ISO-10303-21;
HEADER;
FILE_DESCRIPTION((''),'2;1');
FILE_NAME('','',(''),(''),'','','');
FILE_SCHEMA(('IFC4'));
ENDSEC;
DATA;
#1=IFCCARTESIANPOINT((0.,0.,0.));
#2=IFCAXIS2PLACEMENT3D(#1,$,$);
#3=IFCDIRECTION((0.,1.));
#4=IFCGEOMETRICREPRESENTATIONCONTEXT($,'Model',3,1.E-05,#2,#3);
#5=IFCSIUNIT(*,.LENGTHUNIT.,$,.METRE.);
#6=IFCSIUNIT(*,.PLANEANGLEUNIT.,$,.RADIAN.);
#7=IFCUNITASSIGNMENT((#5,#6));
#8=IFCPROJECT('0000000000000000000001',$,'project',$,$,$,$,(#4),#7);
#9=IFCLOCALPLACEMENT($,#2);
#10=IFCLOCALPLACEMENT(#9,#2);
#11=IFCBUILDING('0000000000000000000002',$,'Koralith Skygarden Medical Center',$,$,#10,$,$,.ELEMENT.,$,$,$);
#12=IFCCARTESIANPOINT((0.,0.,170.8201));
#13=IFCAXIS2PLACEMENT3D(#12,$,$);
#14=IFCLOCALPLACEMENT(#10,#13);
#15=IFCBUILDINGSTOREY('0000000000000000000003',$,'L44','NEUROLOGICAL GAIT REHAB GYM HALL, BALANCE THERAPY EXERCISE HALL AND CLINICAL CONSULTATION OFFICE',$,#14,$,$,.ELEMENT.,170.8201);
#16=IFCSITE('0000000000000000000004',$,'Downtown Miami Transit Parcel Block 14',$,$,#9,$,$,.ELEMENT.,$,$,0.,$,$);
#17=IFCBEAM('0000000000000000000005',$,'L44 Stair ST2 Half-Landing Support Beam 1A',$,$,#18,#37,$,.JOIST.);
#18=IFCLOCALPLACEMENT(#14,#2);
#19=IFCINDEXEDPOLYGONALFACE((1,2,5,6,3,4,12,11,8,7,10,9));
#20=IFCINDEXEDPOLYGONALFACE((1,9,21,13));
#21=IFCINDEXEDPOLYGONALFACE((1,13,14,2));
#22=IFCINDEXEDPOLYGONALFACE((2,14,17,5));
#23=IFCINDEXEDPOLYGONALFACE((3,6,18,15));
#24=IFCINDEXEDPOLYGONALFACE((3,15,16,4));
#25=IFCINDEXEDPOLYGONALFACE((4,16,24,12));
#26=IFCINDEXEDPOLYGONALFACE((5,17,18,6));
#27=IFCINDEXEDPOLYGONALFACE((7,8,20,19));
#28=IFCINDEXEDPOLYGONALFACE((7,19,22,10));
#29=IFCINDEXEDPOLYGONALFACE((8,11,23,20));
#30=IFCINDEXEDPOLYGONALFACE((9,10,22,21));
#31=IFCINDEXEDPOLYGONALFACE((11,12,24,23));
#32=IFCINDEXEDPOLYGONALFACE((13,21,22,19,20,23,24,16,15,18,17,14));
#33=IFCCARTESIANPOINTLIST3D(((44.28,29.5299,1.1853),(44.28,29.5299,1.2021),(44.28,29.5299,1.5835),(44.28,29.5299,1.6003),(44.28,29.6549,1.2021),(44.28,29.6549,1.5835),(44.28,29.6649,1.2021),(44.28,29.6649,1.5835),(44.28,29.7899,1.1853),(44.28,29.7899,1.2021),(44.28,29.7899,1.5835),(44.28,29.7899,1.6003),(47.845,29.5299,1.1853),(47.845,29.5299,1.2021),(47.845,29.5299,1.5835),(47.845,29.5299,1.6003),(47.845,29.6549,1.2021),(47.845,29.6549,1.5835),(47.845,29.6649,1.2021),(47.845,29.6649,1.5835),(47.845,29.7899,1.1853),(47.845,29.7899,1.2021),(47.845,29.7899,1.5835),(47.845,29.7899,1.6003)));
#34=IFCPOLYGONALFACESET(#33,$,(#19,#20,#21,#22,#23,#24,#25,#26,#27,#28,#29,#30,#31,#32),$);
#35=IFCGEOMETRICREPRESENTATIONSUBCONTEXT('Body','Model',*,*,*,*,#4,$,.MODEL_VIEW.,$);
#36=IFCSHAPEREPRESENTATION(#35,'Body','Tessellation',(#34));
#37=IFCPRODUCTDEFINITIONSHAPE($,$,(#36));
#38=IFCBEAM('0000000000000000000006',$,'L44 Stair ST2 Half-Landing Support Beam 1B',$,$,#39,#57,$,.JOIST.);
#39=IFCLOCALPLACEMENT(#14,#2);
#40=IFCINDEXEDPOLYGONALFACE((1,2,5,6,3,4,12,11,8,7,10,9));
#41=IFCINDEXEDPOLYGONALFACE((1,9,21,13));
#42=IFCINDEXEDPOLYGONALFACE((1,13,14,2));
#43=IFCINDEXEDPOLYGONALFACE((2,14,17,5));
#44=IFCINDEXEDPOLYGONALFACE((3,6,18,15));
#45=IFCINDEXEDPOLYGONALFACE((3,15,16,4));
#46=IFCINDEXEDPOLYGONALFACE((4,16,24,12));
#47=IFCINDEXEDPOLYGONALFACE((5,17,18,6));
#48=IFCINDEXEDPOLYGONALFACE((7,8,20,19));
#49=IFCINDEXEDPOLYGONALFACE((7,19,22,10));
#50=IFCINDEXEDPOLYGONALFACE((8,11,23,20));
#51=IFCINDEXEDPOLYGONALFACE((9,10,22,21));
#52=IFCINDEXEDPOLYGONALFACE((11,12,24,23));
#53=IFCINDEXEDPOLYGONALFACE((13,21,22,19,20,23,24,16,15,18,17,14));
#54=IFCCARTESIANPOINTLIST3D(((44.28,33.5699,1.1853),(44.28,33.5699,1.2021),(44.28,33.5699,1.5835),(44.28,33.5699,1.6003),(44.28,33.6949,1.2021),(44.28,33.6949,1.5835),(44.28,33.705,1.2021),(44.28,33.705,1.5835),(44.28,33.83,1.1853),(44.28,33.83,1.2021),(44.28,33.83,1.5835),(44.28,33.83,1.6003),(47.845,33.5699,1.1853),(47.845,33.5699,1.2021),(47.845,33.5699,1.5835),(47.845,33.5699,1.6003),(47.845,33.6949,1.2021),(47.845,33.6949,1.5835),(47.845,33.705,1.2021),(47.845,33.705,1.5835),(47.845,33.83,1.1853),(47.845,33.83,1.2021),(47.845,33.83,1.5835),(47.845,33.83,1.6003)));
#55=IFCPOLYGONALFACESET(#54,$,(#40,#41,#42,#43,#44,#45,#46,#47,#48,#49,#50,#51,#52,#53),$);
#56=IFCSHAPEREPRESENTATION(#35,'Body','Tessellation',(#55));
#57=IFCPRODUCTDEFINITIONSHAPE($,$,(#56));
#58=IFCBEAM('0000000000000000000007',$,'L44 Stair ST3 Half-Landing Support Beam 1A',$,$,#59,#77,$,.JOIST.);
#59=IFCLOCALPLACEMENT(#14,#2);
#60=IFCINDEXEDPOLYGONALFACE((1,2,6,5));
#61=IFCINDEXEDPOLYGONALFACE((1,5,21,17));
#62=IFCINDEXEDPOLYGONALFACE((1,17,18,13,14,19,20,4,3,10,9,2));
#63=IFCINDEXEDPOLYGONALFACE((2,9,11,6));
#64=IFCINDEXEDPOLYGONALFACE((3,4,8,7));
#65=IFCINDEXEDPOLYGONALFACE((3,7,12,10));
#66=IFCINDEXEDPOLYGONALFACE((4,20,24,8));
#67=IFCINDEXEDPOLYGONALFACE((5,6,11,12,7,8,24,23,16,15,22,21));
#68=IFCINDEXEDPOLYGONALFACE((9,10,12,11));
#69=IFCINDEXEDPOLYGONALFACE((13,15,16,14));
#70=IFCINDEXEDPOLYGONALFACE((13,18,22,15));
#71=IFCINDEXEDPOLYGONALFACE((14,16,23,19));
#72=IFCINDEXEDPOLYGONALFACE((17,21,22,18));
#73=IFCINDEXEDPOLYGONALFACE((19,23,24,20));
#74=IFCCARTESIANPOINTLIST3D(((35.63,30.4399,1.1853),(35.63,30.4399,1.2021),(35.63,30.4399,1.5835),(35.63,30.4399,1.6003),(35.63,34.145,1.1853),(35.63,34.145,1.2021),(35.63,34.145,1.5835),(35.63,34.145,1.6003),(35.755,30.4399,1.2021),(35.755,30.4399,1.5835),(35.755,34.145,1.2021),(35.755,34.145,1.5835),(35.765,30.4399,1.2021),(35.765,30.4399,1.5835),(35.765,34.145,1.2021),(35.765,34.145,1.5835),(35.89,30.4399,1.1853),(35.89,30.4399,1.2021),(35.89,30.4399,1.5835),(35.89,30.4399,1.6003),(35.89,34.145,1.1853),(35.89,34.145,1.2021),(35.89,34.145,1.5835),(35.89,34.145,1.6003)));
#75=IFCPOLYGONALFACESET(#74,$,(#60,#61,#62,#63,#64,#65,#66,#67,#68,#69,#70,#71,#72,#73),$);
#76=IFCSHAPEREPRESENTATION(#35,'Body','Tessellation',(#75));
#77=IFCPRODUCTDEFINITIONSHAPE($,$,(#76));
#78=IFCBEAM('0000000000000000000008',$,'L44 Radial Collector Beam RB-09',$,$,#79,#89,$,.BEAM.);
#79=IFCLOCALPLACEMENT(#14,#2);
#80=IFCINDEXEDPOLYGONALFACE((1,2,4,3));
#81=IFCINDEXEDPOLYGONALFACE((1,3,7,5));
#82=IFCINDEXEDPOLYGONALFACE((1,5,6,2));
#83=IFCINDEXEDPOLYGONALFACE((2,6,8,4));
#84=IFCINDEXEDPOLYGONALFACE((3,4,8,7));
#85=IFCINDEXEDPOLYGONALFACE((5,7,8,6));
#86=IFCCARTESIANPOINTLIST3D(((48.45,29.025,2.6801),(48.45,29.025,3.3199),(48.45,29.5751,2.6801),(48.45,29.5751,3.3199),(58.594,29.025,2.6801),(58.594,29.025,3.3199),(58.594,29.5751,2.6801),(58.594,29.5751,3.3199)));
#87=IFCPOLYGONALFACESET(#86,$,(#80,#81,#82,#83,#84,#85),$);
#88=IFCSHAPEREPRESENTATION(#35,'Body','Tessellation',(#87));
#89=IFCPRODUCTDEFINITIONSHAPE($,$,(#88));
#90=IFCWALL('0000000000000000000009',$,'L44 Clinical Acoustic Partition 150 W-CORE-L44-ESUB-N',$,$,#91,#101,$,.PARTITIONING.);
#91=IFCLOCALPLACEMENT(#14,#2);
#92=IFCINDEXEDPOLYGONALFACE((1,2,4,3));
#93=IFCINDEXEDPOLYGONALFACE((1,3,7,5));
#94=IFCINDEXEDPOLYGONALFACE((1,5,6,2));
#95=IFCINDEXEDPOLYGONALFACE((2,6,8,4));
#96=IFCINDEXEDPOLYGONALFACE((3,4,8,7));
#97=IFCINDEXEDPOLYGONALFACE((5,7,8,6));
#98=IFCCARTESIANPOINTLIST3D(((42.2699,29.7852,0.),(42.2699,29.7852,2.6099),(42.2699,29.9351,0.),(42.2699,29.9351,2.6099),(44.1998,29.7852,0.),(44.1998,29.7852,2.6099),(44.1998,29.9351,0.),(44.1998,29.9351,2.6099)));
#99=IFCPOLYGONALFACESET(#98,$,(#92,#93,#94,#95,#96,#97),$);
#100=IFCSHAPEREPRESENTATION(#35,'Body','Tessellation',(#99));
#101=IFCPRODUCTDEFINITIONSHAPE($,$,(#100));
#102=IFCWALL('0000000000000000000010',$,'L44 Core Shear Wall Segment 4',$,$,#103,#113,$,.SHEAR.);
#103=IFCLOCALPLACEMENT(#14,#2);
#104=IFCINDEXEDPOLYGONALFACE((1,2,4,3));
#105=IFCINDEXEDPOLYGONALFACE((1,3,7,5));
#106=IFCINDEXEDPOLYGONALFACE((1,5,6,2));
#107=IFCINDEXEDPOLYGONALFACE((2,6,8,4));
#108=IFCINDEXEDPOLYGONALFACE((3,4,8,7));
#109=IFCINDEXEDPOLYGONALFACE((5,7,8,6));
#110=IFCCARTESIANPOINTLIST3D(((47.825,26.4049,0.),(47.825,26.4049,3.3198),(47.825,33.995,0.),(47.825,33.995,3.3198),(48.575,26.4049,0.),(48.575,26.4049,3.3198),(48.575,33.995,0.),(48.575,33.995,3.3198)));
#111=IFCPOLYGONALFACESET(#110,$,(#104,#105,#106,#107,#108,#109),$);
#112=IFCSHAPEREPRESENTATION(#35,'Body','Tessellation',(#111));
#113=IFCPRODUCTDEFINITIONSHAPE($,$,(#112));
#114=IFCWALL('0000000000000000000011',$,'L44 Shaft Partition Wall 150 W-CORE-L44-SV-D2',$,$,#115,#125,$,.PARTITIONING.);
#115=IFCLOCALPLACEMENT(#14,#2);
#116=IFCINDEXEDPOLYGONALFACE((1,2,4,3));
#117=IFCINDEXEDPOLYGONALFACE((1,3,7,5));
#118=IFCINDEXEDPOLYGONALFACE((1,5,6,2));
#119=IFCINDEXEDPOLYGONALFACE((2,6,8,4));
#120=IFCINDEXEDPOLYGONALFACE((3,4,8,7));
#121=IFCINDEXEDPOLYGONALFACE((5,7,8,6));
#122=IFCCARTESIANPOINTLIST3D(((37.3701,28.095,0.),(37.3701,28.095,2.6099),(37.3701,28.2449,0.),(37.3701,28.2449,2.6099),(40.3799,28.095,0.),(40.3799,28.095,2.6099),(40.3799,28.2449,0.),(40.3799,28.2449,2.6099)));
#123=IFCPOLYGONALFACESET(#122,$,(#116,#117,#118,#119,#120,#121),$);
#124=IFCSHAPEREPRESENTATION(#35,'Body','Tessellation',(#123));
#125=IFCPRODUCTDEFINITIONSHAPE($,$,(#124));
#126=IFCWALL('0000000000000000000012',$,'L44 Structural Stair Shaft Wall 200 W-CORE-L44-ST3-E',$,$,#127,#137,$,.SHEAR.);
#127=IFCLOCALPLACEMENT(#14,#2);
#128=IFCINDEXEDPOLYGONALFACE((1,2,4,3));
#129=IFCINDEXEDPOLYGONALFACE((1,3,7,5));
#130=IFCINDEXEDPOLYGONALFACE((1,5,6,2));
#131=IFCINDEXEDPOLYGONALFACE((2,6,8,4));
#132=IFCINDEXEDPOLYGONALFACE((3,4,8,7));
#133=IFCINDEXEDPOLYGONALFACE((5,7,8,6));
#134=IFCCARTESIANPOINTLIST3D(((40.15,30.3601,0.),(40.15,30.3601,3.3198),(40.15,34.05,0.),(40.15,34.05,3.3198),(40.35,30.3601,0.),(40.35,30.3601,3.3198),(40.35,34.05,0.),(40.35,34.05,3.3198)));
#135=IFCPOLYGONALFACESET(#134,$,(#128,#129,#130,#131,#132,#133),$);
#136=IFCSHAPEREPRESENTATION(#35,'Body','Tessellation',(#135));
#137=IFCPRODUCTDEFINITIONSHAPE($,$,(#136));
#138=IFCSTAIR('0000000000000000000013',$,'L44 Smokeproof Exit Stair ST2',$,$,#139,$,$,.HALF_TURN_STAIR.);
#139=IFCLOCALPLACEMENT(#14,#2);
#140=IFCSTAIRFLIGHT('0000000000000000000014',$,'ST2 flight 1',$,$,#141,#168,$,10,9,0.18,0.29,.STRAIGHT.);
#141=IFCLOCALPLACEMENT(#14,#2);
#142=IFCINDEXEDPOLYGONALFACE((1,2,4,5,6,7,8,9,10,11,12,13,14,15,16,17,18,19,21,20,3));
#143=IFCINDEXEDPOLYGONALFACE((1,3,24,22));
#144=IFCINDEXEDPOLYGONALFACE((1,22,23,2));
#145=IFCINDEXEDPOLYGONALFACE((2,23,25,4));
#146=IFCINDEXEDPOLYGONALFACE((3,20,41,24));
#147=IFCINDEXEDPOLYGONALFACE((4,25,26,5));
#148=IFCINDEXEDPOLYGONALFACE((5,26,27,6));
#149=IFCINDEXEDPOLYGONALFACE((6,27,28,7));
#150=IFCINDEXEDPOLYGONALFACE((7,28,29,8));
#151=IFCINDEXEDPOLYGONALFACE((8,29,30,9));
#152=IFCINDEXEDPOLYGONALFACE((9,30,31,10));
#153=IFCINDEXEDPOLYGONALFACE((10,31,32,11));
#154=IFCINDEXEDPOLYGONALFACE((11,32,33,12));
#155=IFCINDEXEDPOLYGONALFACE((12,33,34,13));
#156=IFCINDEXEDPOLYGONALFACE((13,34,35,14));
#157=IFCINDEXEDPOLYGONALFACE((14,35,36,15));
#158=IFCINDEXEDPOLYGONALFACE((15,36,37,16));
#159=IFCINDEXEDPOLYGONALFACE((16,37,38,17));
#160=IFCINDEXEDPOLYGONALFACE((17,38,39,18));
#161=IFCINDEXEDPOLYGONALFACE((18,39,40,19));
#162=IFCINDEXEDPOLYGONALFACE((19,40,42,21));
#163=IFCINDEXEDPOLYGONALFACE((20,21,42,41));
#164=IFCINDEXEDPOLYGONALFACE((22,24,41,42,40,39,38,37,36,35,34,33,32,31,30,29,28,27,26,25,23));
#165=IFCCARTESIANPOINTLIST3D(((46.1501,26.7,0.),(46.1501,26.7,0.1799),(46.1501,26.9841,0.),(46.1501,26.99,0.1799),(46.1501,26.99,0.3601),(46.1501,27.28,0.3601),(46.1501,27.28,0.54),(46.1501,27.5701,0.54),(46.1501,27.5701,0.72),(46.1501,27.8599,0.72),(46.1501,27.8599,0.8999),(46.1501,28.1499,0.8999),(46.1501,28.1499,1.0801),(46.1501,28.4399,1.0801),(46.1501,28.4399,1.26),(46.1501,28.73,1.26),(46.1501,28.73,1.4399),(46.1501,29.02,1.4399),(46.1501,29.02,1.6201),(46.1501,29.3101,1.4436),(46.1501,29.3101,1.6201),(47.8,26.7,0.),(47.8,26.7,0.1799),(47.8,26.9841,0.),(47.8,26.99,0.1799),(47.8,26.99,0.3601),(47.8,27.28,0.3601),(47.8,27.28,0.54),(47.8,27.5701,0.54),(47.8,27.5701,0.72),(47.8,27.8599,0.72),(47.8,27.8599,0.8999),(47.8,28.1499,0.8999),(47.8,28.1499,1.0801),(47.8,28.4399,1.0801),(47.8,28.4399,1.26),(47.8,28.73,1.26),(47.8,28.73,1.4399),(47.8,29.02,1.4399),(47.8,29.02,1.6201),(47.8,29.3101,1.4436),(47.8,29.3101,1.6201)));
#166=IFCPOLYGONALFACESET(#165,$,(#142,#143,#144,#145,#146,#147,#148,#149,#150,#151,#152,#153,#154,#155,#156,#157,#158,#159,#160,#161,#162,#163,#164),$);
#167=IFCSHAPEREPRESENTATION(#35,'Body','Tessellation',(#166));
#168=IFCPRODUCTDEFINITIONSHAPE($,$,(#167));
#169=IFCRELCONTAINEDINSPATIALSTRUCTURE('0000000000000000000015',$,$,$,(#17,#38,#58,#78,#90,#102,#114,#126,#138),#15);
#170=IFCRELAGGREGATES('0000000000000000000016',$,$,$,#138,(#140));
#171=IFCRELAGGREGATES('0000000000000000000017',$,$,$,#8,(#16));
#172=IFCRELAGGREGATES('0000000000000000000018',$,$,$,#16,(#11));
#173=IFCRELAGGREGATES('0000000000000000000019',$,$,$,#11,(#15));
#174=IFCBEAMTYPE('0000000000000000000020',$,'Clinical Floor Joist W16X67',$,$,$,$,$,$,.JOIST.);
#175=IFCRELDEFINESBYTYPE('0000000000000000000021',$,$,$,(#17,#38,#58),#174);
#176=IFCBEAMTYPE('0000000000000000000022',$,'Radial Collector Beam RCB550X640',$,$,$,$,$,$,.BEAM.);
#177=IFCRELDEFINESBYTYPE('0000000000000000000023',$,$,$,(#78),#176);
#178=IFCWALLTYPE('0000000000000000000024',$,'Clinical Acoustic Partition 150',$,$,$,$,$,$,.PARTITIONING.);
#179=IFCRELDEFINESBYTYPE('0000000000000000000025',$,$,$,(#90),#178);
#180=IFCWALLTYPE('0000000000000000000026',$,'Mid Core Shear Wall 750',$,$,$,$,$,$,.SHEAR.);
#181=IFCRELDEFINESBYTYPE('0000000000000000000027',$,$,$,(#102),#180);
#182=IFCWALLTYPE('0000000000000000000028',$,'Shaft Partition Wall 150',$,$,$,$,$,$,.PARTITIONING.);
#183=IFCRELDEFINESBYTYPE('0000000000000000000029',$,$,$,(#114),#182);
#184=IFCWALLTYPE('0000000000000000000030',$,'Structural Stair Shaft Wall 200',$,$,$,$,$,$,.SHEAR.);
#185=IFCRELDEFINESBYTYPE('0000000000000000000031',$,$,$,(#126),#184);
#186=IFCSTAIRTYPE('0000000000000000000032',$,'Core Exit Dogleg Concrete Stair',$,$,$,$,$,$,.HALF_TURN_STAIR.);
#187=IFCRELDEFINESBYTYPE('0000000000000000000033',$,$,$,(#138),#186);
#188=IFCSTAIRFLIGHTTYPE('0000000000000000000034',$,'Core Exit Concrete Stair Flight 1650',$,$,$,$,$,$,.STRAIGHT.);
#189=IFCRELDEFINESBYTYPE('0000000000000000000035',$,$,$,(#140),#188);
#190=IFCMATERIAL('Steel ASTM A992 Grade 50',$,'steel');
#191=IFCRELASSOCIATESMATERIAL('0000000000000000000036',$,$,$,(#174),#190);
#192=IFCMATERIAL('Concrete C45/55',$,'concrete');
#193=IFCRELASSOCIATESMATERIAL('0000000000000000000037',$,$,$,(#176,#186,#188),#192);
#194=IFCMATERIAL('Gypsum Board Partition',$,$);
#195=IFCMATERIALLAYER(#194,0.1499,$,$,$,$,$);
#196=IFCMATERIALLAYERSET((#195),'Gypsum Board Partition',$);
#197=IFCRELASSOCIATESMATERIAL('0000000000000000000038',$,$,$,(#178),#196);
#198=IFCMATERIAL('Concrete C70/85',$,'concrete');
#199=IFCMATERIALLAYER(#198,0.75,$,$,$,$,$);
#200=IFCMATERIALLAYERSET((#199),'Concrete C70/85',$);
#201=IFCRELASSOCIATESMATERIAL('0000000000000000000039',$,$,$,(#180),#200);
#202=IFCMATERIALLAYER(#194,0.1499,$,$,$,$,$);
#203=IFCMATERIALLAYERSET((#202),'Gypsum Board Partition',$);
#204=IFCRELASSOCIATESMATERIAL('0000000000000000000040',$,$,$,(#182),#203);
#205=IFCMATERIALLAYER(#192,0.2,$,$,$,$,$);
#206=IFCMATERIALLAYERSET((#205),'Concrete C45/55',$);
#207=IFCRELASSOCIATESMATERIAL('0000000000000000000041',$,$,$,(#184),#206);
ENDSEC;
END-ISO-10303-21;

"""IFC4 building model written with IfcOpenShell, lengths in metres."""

from ifc_helpers import new_model, si_unit, direction, frame, frame_2d, origin, origin_2d, place, context, subcontext, project, spatial, polyline, rectangle, i_section, outline, extrude, material, layer, layer_set, material_profile, profile_set, type_object, element, aggregate, save


model = new_model("IFC4")

# Units and contexts
model_context = context("Model", 3, precision=1e-05, world=origin(), true_north=direction((0.0, 1.0)))
body_context = subcontext(model_context, "Body", "Model", "MODEL_VIEW")
ifc_project = project(units=[si_unit("LENGTHUNIT", "METRE"), si_unit("PLANEANGLEUNIT", "RADIAN")], contexts=[model_context])

# Site, building, storey
site_placement = place(None, origin())
site = spatial("IfcSite", under=ifc_project, at=site_placement, Name="Downtown Miami Transit Parcel Block 14", CompositionType="ELEMENT", RefElevation=0.0)
building_placement = place(site_placement, origin())
building = spatial("IfcBuilding", under=site, at=building_placement, Name="Koralith Skygarden Medical Center", CompositionType="ELEMENT")
storey_placement = place(building_placement, frame((0.0, 0.0, 170.8201)))
storey = spatial("IfcBuildingStorey", under=building, at=storey_placement, Name="L44", Description="NEUROLOGICAL GAIT REHAB GYM HALL, BALANCE THERAPY EXERCISE HALL AND CLINICAL CONSULTATION OFFICE", CompositionType="ELEMENT", Elevation=170.8201)

# Beams
ifc_material_1 = material(Name="Steel ASTM A992 Grade 50", Category="steel")
ifc_material_profile_1 = material_profile(ifc_material_1, i_section(OverallWidth=0.26, OverallDepth=0.415, WebThickness=0.01, FlangeThickness=0.0168, at=origin_2d()), Name="W16X67")
ifc_profile_set_1 = profile_set([ifc_material_profile_1], Name="Steel ASTM A992 Grade 50")
beam_type_1 = type_object("IfcBeamType", Name="Clinical Floor Joist W16X67", PredefinedType="JOIST", material=ifc_profile_set_1)
for number, where, z_axis, x_axis, name in (
    (1, (44.28, 29.6599, 1.3928), (1.0, 0.0, 0.0), (0.0, 1.0, 0.0), "L44 Stair ST2 Half-Landing Support Beam 1A"),
    (2, (44.28, 33.7, 1.3928), (1.0, 0.0, 0.0), (0.0, 1.0, 0.0), "L44 Stair ST2 Half-Landing Support Beam 1B"),
):
    element("IfcBeam", number, at=place(storey_placement, frame(where, z_axis=z_axis, x_axis=x_axis)), inside=storey, type_object=beam_type_1, Name=name, PredefinedType="JOIST", context=body_context, shape_type="SweptSolid", body=[
        extrude(i_section(OverallWidth=0.26, OverallDepth=0.415, WebThickness=0.01, FlangeThickness=0.0168, at=origin_2d()), origin(), (0.0, 0.0, 1.0), 3.5649),
    ])
beam_1_placement = place(storey_placement, frame((35.76, 30.4399, 1.3928), z_axis=(0.0, 1.0, 0.0), x_axis=(-1.0, 0.0, 0.0)))
element("IfcBeam", 3, at=beam_1_placement, inside=storey, type_object=beam_type_1, Name="L44 Stair ST3 Half-Landing Support Beam 1A", PredefinedType="JOIST", context=body_context, shape_type="SweptSolid", body=[
    extrude(i_section(OverallWidth=0.26, OverallDepth=0.415, WebThickness=0.01, FlangeThickness=0.0168, at=origin_2d()), origin(), (0.0, 0.0, 1.0), 3.7051),
])
ifc_material_2 = material(Name="Concrete C45/55", Category="concrete")
ifc_material_profile_2 = material_profile(ifc_material_2, rectangle(XDim=0.55, YDim=0.6399, at=origin_2d()), Name="RCB550X640")
ifc_profile_set_2 = profile_set([ifc_material_profile_2], Name="Concrete C45/55")
beam_type_2 = type_object("IfcBeamType", Name="Radial Collector Beam RCB550X640", PredefinedType="BEAM", material=ifc_profile_set_2)
beam_2_placement = place(storey_placement, frame((48.45, 29.3, 3.0), z_axis=(1.0, 0.0, 0.0), x_axis=(0.0, 1.0, 0.0)))
element("IfcBeam", 4, at=beam_2_placement, inside=storey, type_object=beam_type_2, Name="L44 Radial Collector Beam RB-09", PredefinedType="BEAM", context=body_context, shape_type="SweptSolid", body=[
    extrude(rectangle(XDim=0.55, YDim=0.6399, at=origin_2d()), origin(), (0.0, 0.0, 1.0), 10.144),
])

# Walls
ifc_material_3 = material(Name="Gypsum Board Partition")
ifc_layer_1 = layer(ifc_material_3, 0.1499)
ifc_layer_set_1 = layer_set([ifc_layer_1], Name="Gypsum Board Partition")
wall_type_1 = type_object("IfcWallType", Name="Clinical Acoustic Partition 150", PredefinedType="PARTITIONING", material=ifc_layer_set_1)
wall_1_placement = place(storey_placement, frame((42.27, 29.8601, 0.0), z_axis=(0.0, 0.0, 1.0), x_axis=(1.0, 0.0, 0.0)))
element("IfcWall", 5, at=wall_1_placement, inside=storey, type_object=wall_type_1, Name="L44 Clinical Acoustic Partition 150 W-CORE-L44-ESUB-N", PredefinedType="PARTITIONING", context=body_context, shape_type="SweptSolid", body=[
    extrude(rectangle(XDim=1.9299, YDim=0.1499, at=frame_2d((0.9648, 0.0))), origin(), (0.0, 0.0, 1.0), 2.6099),
])
ifc_material_4 = material(Name="Concrete C70/85", Category="concrete")
ifc_layer_2 = layer(ifc_material_4, 0.75)
ifc_layer_set_2 = layer_set([ifc_layer_2], Name="Concrete C70/85")
wall_type_2 = type_object("IfcWallType", Name="Mid Core Shear Wall 750", PredefinedType="SHEAR", material=ifc_layer_set_2)
wall_2_placement = place(storey_placement, frame((48.2, 26.405, 0.0), z_axis=(0.0, 0.0, 1.0), x_axis=(0.0, 1.0, 0.0)))
element("IfcWall", 6, at=wall_2_placement, inside=storey, type_object=wall_type_2, Name="L44 Core Shear Wall Segment 4", PredefinedType="SHEAR", context=body_context, shape_type="SweptSolid", body=[
    extrude(rectangle(XDim=7.5901, YDim=0.75, at=frame_2d((3.7949, 0.0))), origin(), (0.0, 0.0, 1.0), 3.3198),
])
ifc_layer_3 = layer(ifc_material_3, 0.1499)
ifc_layer_set_3 = layer_set([ifc_layer_3], Name="Gypsum Board Partition")
wall_type_3 = type_object("IfcWallType", Name="Shaft Partition Wall 150", PredefinedType="PARTITIONING", material=ifc_layer_set_3)
wall_3_placement = place(storey_placement, frame((37.3701, 28.1699, 0.0), z_axis=(0.0, 0.0, 1.0), x_axis=(1.0, 0.0, 0.0)))
element("IfcWall", 7, at=wall_3_placement, inside=storey, type_object=wall_type_3, Name="L44 Shaft Partition Wall 150 W-CORE-L44-SV-D2", PredefinedType="PARTITIONING", context=body_context, shape_type="SweptSolid", body=[
    extrude(rectangle(XDim=3.0098, YDim=0.1499, at=frame_2d((1.5049, 0.0))), origin(), (0.0, 0.0, 1.0), 2.6099),
])
ifc_layer_4 = layer(ifc_material_2, 0.2)
ifc_layer_set_4 = layer_set([ifc_layer_4], Name="Concrete C45/55")
wall_type_4 = type_object("IfcWallType", Name="Structural Stair Shaft Wall 200", PredefinedType="SHEAR", material=ifc_layer_set_4)
wall_4_placement = place(storey_placement, frame((40.25, 30.3601, 0.0), z_axis=(0.0, 0.0, 1.0), x_axis=(0.0, 1.0, 0.0)))
element("IfcWall", 8, at=wall_4_placement, inside=storey, type_object=wall_type_4, Name="L44 Structural Stair Shaft Wall 200 W-CORE-L44-ST3-E", PredefinedType="SHEAR", context=body_context, shape_type="SweptSolid", body=[
    extrude(rectangle(XDim=3.6899, YDim=0.2, at=frame_2d((1.845, 0.0))), origin(), (0.0, 0.0, 1.0), 3.3198),
])

# Stair, stair flight
stair_type = type_object("IfcStairType", Name="Core Exit Dogleg Concrete Stair", PredefinedType="HALF_TURN_STAIR", material=ifc_material_2)
stair_placement = place(storey_placement, origin())
stair = element("IfcStair", 9, at=stair_placement, inside=storey, type_object=stair_type, Name="L44 Smokeproof Exit Stair ST2", PredefinedType="HALF_TURN_STAIR")
stair_flight_type = type_object("IfcStairFlightType", Name="Core Exit Concrete Stair Flight 1650", PredefinedType="STRAIGHT", material=ifc_material_2)
stair_flight_1_placement = place(storey_placement, frame((46.9751, 26.7, 0.0), z_axis=(0.0, 0.0, 1.0), x_axis=(0.0, 1.0, 0.0)))
stair_flight_1 = element("IfcStairFlight", 10, at=stair_flight_1_placement, type_object=stair_flight_type, Name="ST2 flight 1", NumberOfRisers=10, NumberOfTreads=9, PredefinedType="STRAIGHT", RiserHeight=0.18, TreadLength=0.29, context=body_context, shape_type="SweptSolid", body=[
    extrude(outline(polyline([(0.0, 0.0), (0.0, 0.1799), (0.29, 0.1799), (0.29, 0.3601), (0.5801, 0.3601), (0.5801, 0.54), (0.8701, 0.54), (0.8701, 0.72), (1.1599, 0.72), (1.1599, 0.8999), (1.45, 0.8999), (1.45, 1.0801), (1.74, 1.0801), (1.74, 1.26), (2.03, 1.26), (2.03, 1.4399), (2.3201, 1.4399), (2.3201, 1.6201), (2.6101, 1.6201), (2.6101, 1.8), (2.6101, 1.4436), (0.2842, 0.0), (0.0, 0.0)])), frame((0.0, 0.825, 0.0), z_axis=(0.0, -1.0, 0.0), x_axis=(1.0, 0.0, 0.0)), (0.0, 0.0, 1.0), 1.6499),
])
aggregate(stair, [stair_flight_1])

save(model, "model.ifc")
